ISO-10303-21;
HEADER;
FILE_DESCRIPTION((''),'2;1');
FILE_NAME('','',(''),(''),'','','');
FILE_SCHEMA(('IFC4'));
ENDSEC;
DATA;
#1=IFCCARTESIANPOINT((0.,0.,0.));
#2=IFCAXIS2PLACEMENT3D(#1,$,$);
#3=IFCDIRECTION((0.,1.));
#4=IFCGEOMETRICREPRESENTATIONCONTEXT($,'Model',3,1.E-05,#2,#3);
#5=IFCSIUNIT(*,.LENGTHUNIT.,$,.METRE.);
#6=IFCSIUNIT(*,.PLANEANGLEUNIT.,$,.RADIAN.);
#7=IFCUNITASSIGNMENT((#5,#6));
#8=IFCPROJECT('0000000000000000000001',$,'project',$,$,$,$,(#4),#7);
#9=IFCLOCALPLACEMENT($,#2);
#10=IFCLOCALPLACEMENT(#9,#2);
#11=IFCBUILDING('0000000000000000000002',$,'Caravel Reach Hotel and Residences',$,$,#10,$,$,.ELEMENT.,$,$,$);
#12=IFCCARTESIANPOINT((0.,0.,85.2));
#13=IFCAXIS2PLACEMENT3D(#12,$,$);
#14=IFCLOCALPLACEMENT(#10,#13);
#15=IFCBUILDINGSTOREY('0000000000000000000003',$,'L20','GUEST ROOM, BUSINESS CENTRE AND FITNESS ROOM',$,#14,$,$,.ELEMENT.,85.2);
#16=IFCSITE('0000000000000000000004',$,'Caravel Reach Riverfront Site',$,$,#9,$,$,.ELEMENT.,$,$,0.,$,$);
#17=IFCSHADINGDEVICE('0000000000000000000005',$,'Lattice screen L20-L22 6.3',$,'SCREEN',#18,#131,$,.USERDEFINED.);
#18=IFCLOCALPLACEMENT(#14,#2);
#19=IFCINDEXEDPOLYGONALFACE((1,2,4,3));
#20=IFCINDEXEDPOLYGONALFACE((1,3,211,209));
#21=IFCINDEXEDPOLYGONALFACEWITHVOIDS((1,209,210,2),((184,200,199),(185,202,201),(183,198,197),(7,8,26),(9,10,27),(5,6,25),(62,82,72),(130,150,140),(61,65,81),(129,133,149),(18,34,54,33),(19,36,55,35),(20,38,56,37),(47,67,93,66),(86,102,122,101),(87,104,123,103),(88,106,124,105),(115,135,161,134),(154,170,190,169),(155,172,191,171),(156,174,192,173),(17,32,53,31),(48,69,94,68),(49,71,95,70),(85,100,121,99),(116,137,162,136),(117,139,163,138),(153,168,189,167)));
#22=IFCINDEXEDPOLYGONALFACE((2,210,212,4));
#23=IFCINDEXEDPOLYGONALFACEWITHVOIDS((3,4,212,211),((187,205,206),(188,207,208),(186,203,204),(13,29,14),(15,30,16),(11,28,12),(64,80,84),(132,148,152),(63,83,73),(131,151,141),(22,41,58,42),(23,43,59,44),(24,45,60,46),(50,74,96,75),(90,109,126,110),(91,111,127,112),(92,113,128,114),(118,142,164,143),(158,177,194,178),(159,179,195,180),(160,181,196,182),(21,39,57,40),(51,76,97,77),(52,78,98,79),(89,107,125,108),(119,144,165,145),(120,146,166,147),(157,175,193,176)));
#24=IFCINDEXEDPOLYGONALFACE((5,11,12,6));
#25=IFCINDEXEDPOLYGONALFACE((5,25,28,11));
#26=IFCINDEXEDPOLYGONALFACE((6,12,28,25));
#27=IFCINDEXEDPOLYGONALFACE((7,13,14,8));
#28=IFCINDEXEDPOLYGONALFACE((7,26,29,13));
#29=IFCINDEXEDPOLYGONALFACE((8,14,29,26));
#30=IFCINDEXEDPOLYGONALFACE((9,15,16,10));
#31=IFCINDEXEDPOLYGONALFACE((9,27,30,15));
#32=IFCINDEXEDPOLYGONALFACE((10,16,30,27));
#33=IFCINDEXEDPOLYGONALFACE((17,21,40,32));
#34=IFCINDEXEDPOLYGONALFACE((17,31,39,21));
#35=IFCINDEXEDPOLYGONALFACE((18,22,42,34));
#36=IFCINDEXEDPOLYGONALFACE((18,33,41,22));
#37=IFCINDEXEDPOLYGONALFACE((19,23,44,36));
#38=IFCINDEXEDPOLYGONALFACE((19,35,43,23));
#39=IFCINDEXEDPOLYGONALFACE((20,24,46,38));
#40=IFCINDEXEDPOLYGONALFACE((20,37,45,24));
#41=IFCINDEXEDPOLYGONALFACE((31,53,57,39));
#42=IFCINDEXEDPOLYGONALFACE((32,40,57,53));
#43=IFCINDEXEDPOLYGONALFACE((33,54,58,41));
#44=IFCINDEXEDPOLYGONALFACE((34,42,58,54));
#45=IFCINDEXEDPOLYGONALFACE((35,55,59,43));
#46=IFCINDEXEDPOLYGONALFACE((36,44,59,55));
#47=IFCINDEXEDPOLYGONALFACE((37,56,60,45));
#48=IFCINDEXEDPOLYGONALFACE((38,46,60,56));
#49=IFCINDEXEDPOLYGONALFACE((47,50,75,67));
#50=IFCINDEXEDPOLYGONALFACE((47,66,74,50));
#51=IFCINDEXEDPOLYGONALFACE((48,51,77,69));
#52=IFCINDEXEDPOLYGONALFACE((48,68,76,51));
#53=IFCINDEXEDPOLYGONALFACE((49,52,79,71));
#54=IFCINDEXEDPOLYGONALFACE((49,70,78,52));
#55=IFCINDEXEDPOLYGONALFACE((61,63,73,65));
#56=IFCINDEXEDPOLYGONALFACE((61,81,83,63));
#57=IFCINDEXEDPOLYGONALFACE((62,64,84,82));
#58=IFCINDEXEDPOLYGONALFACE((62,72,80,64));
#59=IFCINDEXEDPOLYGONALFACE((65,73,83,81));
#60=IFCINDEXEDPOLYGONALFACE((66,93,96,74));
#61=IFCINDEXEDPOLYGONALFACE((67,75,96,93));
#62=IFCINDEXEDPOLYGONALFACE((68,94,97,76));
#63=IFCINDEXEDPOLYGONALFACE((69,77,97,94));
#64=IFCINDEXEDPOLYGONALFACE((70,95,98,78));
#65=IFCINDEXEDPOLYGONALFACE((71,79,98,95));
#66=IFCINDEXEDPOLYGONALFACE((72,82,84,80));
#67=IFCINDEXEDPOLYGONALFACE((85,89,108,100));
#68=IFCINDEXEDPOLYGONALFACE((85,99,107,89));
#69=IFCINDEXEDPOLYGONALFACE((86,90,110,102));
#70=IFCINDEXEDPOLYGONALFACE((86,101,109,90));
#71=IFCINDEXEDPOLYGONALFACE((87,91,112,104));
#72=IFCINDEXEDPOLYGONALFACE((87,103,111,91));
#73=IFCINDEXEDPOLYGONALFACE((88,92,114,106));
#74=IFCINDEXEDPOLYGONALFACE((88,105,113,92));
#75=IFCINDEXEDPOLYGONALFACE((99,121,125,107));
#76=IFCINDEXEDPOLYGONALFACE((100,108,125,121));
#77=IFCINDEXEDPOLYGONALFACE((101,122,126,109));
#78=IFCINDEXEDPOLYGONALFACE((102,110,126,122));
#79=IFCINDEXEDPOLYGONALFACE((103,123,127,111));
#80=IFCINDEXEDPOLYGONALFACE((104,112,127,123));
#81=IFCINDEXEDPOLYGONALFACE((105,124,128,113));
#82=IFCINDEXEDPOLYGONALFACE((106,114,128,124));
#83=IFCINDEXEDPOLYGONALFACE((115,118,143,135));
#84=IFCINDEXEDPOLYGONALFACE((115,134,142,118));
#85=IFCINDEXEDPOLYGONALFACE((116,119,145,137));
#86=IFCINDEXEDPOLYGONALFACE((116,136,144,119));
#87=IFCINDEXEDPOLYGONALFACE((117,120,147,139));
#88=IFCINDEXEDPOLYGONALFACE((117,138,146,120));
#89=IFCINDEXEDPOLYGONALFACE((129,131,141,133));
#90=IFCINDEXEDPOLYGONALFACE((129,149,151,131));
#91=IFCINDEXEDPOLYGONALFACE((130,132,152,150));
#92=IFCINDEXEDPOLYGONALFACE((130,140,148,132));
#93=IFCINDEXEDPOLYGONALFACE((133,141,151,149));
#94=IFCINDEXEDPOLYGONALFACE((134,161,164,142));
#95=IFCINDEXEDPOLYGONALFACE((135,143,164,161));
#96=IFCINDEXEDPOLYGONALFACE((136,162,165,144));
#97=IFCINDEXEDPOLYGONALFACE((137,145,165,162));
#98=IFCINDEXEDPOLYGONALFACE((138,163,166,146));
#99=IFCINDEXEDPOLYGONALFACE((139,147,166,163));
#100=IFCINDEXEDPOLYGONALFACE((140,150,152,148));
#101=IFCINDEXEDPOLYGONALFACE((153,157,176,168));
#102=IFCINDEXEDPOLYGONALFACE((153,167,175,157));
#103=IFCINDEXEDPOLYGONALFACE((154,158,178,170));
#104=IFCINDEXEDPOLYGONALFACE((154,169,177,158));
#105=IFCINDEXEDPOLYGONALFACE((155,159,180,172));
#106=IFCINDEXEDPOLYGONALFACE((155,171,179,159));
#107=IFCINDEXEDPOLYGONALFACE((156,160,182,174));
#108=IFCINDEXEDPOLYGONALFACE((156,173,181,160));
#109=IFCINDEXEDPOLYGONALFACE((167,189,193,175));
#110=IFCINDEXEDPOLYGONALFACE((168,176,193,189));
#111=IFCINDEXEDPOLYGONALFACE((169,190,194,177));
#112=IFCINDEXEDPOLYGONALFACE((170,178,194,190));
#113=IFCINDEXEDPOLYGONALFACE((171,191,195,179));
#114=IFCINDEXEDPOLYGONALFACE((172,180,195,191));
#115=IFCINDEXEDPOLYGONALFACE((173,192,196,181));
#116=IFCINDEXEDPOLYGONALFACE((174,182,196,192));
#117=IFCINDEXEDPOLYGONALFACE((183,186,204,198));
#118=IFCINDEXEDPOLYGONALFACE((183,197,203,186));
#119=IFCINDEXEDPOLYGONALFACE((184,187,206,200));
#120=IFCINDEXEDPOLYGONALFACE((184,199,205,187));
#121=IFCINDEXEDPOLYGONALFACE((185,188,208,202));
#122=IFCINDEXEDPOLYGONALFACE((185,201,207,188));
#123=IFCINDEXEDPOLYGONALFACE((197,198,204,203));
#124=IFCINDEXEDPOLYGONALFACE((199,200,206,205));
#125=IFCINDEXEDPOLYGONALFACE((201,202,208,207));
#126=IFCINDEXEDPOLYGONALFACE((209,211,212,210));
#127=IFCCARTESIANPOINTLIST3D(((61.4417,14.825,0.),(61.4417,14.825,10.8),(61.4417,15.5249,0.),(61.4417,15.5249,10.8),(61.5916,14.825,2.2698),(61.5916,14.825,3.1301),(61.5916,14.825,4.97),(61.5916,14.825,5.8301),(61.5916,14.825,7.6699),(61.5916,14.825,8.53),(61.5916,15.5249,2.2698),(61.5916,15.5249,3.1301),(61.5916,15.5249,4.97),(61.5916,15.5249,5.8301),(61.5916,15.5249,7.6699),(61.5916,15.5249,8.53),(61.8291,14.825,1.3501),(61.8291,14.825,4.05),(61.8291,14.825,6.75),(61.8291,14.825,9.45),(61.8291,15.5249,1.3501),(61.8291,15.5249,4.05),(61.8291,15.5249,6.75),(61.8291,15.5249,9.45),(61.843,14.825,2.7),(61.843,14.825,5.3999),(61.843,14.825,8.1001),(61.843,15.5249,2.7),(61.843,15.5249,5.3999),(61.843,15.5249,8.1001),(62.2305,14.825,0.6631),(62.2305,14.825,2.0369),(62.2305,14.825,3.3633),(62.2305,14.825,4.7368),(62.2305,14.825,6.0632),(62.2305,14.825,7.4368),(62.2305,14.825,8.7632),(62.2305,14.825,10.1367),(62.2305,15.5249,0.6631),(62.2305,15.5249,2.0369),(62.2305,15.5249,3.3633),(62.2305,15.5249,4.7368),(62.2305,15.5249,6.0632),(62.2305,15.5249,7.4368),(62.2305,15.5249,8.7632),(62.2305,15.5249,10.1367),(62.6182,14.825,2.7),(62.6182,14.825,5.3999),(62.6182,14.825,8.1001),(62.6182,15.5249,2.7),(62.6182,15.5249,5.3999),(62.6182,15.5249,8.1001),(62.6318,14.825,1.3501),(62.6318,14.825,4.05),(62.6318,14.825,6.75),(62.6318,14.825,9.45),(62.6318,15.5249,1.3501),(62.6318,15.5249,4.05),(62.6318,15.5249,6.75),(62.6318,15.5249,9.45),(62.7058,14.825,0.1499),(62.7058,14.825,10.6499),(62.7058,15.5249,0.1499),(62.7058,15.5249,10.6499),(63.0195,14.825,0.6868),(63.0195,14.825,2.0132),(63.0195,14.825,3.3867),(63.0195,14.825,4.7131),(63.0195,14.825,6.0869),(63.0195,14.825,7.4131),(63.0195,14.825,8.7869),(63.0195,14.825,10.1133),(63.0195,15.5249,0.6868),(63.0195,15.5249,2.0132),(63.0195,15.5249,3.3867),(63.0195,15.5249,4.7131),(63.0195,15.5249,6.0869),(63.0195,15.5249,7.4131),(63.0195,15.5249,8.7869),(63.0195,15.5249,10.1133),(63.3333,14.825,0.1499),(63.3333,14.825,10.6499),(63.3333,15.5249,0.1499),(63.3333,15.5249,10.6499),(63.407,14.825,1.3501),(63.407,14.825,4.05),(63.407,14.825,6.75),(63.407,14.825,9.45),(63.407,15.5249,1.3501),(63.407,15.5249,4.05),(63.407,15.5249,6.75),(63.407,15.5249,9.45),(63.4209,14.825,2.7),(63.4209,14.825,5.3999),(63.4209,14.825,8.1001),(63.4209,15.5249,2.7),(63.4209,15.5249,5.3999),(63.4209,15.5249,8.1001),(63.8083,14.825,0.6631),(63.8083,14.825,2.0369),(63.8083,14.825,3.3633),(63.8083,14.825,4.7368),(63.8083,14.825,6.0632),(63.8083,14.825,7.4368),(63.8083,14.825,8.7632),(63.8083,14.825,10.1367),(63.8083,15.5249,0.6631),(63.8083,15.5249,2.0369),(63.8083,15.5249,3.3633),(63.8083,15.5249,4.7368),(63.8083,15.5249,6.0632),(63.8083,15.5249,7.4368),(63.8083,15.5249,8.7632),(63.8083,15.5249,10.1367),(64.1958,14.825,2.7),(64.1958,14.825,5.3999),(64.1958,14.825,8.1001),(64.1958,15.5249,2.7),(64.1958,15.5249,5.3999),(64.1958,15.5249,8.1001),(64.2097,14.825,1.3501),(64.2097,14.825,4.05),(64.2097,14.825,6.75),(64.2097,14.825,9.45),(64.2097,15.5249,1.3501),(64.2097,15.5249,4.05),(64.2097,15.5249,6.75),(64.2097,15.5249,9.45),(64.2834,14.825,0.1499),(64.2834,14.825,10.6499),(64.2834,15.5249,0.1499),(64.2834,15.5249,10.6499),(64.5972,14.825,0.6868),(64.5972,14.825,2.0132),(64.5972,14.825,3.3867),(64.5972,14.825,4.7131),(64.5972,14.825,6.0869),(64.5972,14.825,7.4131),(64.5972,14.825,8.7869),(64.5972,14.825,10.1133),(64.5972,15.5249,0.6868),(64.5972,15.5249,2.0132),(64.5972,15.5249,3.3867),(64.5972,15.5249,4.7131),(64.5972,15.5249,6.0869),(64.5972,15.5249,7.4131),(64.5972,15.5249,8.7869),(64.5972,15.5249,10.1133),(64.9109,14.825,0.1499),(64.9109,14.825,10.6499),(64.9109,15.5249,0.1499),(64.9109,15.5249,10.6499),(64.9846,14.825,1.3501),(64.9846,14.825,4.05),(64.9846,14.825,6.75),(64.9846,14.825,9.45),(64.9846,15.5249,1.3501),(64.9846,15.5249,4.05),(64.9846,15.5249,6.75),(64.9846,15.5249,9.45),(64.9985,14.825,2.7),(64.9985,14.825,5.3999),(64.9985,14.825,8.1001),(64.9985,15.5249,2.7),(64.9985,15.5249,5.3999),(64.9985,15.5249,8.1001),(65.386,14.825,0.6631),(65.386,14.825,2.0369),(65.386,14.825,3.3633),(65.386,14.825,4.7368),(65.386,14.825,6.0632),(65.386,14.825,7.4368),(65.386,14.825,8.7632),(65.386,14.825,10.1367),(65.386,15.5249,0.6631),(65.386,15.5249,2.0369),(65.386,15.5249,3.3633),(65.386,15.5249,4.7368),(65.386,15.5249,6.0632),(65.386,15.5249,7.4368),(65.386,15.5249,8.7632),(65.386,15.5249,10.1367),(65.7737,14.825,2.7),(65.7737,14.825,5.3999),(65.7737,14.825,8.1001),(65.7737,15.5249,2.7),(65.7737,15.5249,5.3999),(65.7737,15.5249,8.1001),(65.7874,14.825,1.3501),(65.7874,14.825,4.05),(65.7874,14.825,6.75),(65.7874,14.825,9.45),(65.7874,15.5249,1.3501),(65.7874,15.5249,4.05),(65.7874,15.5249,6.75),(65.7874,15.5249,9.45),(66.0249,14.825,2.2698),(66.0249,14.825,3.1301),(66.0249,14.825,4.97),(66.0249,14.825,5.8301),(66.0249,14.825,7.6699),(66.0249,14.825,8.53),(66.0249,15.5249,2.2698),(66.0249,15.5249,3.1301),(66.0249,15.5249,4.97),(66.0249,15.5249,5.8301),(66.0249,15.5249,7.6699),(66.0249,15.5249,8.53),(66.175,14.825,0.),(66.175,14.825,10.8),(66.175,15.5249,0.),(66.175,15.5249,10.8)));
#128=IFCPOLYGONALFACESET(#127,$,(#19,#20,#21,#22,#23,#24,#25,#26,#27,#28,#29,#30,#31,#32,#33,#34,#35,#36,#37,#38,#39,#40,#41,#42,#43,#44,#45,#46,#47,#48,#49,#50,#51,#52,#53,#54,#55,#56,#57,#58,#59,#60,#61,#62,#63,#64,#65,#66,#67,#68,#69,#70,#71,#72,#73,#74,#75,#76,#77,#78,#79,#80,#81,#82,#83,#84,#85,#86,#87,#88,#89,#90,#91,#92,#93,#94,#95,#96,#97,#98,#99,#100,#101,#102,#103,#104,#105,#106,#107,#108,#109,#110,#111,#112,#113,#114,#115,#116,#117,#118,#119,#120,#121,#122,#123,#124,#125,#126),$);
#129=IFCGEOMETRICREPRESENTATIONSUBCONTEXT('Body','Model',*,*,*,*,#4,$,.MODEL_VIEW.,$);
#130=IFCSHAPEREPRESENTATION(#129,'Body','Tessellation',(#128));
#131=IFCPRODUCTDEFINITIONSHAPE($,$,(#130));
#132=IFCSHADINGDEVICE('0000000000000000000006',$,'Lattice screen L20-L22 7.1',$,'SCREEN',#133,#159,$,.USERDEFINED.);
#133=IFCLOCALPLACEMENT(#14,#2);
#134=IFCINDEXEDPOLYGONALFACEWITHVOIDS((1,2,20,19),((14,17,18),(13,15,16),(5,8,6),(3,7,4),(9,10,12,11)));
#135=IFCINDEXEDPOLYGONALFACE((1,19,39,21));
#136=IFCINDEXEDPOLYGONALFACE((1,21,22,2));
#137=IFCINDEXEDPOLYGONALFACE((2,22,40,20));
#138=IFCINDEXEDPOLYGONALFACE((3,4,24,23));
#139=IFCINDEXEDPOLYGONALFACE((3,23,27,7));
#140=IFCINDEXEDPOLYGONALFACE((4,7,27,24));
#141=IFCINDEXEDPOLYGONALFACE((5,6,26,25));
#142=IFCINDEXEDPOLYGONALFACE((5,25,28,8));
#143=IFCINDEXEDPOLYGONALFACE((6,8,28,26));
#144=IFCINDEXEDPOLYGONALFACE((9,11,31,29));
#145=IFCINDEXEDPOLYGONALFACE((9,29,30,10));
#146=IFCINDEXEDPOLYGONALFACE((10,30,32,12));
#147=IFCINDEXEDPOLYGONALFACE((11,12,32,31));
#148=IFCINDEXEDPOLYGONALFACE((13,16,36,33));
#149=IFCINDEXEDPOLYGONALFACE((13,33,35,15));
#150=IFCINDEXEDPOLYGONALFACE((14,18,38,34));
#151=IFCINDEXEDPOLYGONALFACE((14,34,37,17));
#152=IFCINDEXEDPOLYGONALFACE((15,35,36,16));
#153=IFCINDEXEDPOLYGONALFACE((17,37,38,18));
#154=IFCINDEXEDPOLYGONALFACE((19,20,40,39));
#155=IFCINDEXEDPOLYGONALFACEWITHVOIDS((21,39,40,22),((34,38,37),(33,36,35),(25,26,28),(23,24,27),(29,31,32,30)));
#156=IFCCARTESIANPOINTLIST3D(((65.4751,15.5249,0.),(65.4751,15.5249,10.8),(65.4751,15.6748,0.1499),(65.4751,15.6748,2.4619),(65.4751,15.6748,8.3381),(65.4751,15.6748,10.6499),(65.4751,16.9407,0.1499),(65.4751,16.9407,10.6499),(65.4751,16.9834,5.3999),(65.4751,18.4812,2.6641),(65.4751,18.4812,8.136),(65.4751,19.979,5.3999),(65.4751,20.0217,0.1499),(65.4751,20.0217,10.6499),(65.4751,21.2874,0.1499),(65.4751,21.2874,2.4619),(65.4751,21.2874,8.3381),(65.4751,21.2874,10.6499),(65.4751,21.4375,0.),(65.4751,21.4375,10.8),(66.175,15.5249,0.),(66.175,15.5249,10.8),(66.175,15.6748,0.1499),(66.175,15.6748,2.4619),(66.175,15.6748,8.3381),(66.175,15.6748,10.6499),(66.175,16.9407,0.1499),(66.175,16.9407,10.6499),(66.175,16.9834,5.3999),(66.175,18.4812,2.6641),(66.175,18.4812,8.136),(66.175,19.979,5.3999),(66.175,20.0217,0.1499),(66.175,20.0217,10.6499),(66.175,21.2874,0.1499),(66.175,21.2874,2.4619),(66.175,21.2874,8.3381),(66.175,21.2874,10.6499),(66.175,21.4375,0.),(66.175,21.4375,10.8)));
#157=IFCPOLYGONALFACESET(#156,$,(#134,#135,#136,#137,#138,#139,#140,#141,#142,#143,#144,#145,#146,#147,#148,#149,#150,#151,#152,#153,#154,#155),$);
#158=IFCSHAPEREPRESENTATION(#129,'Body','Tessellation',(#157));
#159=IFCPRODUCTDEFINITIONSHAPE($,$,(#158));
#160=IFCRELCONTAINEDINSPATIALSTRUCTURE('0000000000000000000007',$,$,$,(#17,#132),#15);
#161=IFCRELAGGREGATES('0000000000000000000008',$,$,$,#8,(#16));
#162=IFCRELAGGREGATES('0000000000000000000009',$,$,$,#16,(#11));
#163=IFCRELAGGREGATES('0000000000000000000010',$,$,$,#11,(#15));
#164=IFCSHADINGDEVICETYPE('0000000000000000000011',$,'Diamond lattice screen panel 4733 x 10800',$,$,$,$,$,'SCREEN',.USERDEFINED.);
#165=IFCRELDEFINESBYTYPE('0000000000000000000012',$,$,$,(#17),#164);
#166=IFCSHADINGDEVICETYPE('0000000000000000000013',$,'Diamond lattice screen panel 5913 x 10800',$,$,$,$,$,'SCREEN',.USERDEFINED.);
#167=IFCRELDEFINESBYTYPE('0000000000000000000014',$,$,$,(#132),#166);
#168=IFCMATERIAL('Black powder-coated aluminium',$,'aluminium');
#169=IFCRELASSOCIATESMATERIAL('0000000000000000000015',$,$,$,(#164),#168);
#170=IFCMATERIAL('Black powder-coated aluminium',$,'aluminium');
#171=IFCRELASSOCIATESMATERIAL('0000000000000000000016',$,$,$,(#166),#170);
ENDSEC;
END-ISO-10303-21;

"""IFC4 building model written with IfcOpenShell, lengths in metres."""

from ifc_helpers import new_model, si_unit, direction, frame, origin, place, context, subcontext, project, spatial, polyline, outline, extrude, material, type_object, element, save


model = new_model("IFC4")

# Units and contexts
model_context = context("Model", 3, precision=1e-05, world=origin(), true_north=direction((0.0, 1.0)))
body_context = subcontext(model_context, "Body", "Model", "MODEL_VIEW")
ifc_project = project(units=[si_unit("LENGTHUNIT", "METRE"), si_unit("PLANEANGLEUNIT", "RADIAN")], contexts=[model_context])

# Site, building, storey
site_placement = place(None, origin())
site = spatial("IfcSite", under=ifc_project, at=site_placement, Name="Caravel Reach Riverfront Site", CompositionType="ELEMENT", RefElevation=0.0)
building_placement = place(site_placement, origin())
building = spatial("IfcBuilding", under=site, at=building_placement, Name="Caravel Reach Hotel and Residences", CompositionType="ELEMENT")
storey_placement = place(building_placement, frame((0.0, 0.0, 85.2)))
storey = spatial("IfcBuildingStorey", under=building, at=storey_placement, Name="L20", Description="GUEST ROOM, BUSINESS CENTRE AND FITNESS ROOM", CompositionType="ELEMENT", Elevation=85.2)

# Shading devices
ifc_material_1 = material(Name="Black powder-coated aluminium", Category="aluminium")
shading_device_type_1 = type_object("IfcShadingDeviceType", Name="Diamond lattice screen panel 4733 x 10800", ElementType="SCREEN", PredefinedType="USERDEFINED", material=ifc_material_1)
shading_device_1_placement = place(storey_placement, frame((61.4417, 15.5249, 0.0), z_axis=(0.0, -1.0, 0.0), x_axis=(1.0, 0.0, 0.0)))
element("IfcShadingDevice", 1, at=shading_device_1_placement, inside=storey, type_object=shading_device_type_1, Name="Lattice screen L20-L22 6.3", ObjectType="SCREEN", PredefinedType="USERDEFINED", context=body_context, shape_type="SweptSolid", body=[
    extrude(outline(polyline([(0.0, 0.0), (4.7334, 0.0), (4.7334, 10.8), (0.0, 10.8), (0.0, 0.0)]), holes=[polyline([(0.4014, 2.7), (0.1499, 3.1301), (0.1499, 2.2698), (0.4014, 2.7)]), polyline([(0.4014, 5.3999), (0.1499, 5.8301), (0.1499, 4.97), (0.4014, 5.3999)]), polyline([(0.4014, 8.1001), (0.1499, 8.53), (0.1499, 7.6699), (0.4014, 8.1001)]), polyline([(0.7888, 2.0369), (0.3875, 1.3501), (0.7888, 0.6631), (1.1902, 1.3501), (0.7888, 2.0369)]), polyline([(0.7888, 4.7368), (0.3875, 4.05), (0.7888, 3.3633), (1.1902, 4.05), (0.7888, 4.7368)]), polyline([(0.7888, 7.4368), (0.3875, 6.75), (0.7888, 6.0632), (1.1902, 6.75), (0.7888, 7.4368)]), polyline([(0.7888, 10.1367), (0.3875, 9.45), (0.7888, 8.7632), (1.1902, 9.45), (0.7888, 10.1367)]), polyline([(1.5779, 0.6868), (1.2642, 0.1499), (1.8916, 0.1499), (1.5779, 0.6868)]), polyline([(1.5779, 3.3867), (1.1765, 2.7), (1.5779, 2.0132), (1.9792, 2.7), (1.5779, 3.3867)]), polyline([(1.5779, 6.0869), (1.1765, 5.3999), (1.5779, 4.7131), (1.9792, 5.3999), (1.5779, 6.0869)]), polyline([(1.5779, 8.7869), (1.1765, 8.1001), (1.5779, 7.4131), (1.9792, 8.1001), (1.5779, 8.7869)]), polyline([(1.5779, 10.1133), (1.8916, 10.6499), (1.2642, 10.6499), (1.5779, 10.1133)]), polyline([(2.3667, 2.0369), (1.9653, 1.3501), (2.3667, 0.6631), (2.7681, 1.3501), (2.3667, 2.0369)]), polyline([(2.3667, 4.7368), (1.9653, 4.05), (2.3667, 3.3633), (2.7681, 4.05), (2.3667, 4.7368)]), polyline([(2.3667, 7.4368), (1.9653, 6.75), (2.3667, 6.0632), (2.7681, 6.75), (2.3667, 7.4368)]), polyline([(2.3667, 10.1367), (1.9653, 9.45), (2.3667, 8.7632), (2.7681, 9.45), (2.3667, 10.1367)]), polyline([(3.1555, 0.6868), (2.8418, 0.1499), (3.4692, 0.1499), (3.1555, 0.6868)]), polyline([(3.1555, 3.3867), (2.7542, 2.7), (3.1555, 2.0132), (3.5569, 2.7), (3.1555, 3.3867)]), polyline([(3.1555, 6.0869), (2.7542, 5.3999), (3.1555, 4.7131), (3.5569, 5.3999), (3.1555, 6.0869)]), polyline([(3.1555, 8.7869), (2.7542, 8.1001), (3.1555, 7.4131), (3.5569, 8.1001), (3.1555, 8.7869)]), polyline([(3.1555, 10.1133), (3.4692, 10.6499), (2.8418, 10.6499), (3.1555, 10.1133)]), polyline([(3.9443, 2.0369), (3.543, 1.3501), (3.9443, 0.6631), (4.3457, 1.3501), (3.9443, 2.0369)]), polyline([(3.9443, 4.7368), (3.543, 4.05), (3.9443, 3.3633), (4.3457, 4.05), (3.9443, 4.7368)]), polyline([(3.9443, 7.4368), (3.543, 6.75), (3.9443, 6.0632), (4.3457, 6.75), (3.9443, 7.4368)]), polyline([(3.9443, 10.1367), (3.543, 9.45), (3.9443, 8.7632), (4.3457, 9.45), (3.9443, 10.1367)]), polyline([(4.332, 2.7), (4.5833, 2.2698), (4.5833, 3.1301), (4.332, 2.7)]), polyline([(4.332, 5.3999), (4.5833, 4.97), (4.5833, 5.8301), (4.332, 5.3999)]), polyline([(4.332, 8.1001), (4.5833, 7.6699), (4.5833, 8.53), (4.332, 8.1001)])]), origin(), (0.0, 0.0, 1.0), 0.7),
])
ifc_material_2 = material(Name="Black powder-coated aluminium", Category="aluminium")
shading_device_type_2 = type_object("IfcShadingDeviceType", Name="Diamond lattice screen panel 5913 x 10800", ElementType="SCREEN", PredefinedType="USERDEFINED", material=ifc_material_2)
for number, where, z_axis, x_axis, name in (
    (2, (65.4751, 15.5249, 0.0), (1.0, 0.0, 0.0), (0.0, 1.0, 0.0), "Lattice screen L20-L22 7.1"),
):
    element("IfcShadingDevice", number, at=place(storey_placement, frame(where, z_axis=z_axis, x_axis=x_axis)), inside=storey, type_object=shading_device_type_2, Name=name, ObjectType="SCREEN", PredefinedType="USERDEFINED", context=body_context, shape_type="SweptSolid", body=[
        extrude(outline(polyline([(0.0, 0.0), (5.9126, 0.0), (5.9126, 10.8), (0.0, 10.8), (0.0, 0.0)]), holes=[polyline([(1.4158, 0.1499), (0.1499, 2.4619), (0.1499, 0.1499), (1.4158, 0.1499)]), polyline([(0.1499, 8.3381), (1.4158, 10.6499), (0.1499, 10.6499), (0.1499, 8.3381)]), polyline([(2.9563, 8.136), (1.4585, 5.3999), (2.9563, 2.6641), (4.4541, 5.3999), (2.9563, 8.136)]), polyline([(5.7625, 2.4619), (4.4968, 0.1499), (5.7625, 0.1499), (5.7625, 2.4619)]), polyline([(4.4968, 10.6499), (5.7625, 8.3381), (5.7625, 10.6499), (4.4968, 10.6499)])]), origin(), (0.0, 0.0, 1.0), 0.7),
    ])

save(model, "model.ifc")
